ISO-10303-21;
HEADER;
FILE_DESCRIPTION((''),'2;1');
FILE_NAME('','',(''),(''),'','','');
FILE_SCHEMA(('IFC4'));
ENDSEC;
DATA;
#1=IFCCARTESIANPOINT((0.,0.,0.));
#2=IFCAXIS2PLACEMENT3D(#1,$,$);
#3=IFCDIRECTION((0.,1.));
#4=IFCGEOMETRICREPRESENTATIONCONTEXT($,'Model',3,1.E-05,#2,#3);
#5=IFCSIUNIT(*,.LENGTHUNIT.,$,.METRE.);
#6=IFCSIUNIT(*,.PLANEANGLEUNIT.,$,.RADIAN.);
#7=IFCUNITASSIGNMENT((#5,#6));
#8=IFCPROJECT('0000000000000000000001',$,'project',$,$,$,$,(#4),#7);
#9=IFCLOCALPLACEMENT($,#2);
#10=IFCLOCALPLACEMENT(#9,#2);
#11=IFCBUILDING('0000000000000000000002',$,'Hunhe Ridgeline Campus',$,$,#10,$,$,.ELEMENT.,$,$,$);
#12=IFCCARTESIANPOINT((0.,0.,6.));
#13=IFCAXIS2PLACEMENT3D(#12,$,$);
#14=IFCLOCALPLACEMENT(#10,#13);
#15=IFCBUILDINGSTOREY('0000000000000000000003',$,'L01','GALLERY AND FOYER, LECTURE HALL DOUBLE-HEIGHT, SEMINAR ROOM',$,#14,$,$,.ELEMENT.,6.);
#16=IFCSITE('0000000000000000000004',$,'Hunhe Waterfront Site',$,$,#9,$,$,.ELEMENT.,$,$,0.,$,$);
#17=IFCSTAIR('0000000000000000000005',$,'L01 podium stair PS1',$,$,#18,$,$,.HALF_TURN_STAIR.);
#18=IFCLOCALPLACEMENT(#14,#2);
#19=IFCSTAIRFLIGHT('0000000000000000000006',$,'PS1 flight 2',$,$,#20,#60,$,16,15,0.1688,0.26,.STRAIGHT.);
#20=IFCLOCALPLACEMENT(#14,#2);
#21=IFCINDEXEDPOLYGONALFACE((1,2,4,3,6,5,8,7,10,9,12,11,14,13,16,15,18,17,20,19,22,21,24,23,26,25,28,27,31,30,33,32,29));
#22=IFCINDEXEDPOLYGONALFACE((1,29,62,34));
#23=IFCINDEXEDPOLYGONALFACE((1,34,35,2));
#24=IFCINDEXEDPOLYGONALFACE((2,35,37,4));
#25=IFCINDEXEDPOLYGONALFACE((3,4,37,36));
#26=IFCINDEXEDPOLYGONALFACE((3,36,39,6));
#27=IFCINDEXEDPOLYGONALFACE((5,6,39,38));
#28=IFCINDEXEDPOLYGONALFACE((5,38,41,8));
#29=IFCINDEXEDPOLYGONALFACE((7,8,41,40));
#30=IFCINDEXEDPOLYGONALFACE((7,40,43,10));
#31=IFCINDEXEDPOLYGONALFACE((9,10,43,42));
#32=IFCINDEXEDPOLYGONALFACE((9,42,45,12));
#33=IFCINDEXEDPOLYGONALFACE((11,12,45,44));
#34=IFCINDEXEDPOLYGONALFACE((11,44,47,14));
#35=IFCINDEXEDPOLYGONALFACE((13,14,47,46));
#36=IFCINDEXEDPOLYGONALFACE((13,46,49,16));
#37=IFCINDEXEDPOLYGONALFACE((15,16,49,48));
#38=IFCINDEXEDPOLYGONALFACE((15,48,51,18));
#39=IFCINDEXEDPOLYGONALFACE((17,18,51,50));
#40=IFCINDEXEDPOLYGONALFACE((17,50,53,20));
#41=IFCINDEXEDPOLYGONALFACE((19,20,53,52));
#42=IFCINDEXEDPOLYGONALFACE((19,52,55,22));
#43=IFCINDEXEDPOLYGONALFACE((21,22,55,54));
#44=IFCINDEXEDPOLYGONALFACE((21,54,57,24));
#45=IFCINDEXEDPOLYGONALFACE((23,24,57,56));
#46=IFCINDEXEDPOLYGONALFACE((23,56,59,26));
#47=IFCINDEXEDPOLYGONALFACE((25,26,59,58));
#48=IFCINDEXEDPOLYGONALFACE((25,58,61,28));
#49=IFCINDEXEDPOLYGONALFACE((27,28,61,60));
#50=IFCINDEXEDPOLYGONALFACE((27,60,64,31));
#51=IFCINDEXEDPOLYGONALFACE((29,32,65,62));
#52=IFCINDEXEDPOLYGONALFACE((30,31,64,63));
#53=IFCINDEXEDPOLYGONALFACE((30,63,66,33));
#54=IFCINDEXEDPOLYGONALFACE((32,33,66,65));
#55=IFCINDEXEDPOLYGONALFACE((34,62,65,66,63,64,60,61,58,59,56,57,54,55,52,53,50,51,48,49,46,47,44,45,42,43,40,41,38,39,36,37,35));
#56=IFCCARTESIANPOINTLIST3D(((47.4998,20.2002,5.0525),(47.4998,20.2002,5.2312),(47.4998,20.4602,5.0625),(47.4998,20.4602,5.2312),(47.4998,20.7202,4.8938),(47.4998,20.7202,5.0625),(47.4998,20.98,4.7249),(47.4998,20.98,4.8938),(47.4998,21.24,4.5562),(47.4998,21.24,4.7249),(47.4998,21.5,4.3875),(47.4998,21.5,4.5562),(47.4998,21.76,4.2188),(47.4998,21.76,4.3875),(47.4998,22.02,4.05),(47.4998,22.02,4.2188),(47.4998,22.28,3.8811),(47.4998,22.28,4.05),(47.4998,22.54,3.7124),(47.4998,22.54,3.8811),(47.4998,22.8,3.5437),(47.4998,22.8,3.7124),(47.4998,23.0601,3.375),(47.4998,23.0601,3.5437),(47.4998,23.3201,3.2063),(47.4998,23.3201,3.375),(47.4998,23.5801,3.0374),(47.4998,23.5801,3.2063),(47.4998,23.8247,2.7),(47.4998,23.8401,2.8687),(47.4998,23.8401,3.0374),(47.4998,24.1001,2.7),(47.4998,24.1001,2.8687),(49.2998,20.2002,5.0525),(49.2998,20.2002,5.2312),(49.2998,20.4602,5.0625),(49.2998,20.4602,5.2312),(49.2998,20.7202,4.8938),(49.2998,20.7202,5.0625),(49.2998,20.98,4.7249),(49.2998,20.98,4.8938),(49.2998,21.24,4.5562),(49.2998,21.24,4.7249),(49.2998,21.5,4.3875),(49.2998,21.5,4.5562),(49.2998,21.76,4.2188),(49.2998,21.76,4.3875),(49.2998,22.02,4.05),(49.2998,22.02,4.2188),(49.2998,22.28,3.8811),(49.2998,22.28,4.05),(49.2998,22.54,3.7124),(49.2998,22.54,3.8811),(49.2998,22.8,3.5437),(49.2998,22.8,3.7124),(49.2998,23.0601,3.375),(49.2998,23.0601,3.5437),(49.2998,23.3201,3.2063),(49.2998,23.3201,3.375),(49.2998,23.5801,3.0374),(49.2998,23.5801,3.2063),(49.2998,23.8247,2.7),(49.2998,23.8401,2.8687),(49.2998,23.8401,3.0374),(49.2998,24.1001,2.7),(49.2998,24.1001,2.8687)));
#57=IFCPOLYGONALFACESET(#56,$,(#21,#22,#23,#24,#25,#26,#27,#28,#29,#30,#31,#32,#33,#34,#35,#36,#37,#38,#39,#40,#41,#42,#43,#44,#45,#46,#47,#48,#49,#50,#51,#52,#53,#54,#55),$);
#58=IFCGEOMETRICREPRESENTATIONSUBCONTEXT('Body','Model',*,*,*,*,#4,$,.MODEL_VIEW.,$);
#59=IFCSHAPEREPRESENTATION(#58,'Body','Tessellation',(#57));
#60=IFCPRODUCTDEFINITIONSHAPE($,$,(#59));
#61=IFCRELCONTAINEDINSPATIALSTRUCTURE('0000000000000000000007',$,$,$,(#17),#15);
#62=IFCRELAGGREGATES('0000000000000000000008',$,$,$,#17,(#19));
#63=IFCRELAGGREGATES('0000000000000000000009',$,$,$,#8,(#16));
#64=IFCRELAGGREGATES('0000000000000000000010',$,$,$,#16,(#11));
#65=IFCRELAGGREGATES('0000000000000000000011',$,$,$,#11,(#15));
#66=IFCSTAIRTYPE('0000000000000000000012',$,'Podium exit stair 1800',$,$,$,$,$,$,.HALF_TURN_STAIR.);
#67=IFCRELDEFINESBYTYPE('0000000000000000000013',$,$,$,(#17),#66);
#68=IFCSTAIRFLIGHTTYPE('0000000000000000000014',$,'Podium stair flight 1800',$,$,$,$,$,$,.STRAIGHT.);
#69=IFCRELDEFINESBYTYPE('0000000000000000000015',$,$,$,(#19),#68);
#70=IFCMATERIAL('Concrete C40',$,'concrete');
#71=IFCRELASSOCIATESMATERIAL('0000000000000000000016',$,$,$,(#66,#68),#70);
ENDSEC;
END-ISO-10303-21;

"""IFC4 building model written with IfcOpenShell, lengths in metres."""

from ifc_helpers import new_model, si_unit, direction, frame, origin, place, context, subcontext, project, spatial, polyline, outline, extrude, material, type_object, element, aggregate, save


model = new_model("IFC4")

# Units and contexts
model_context = context("Model", 3, precision=1e-05, world=origin(), true_north=direction((0.0, 1.0)))
body_context = subcontext(model_context, "Body", "Model", "MODEL_VIEW")
ifc_project = project(units=[si_unit("LENGTHUNIT", "METRE"), si_unit("PLANEANGLEUNIT", "RADIAN")], contexts=[model_context])

# Site, building, storey
site_placement = place(None, origin())
site = spatial("IfcSite", under=ifc_project, at=site_placement, Name="Hunhe Waterfront Site", CompositionType="ELEMENT", RefElevation=0.0)
building_placement = place(site_placement, origin())
building = spatial("IfcBuilding", under=site, at=building_placement, Name="Hunhe Ridgeline Campus", CompositionType="ELEMENT")
storey_placement = place(building_placement, frame((0.0, 0.0, 6.0)))
storey = spatial("IfcBuildingStorey", under=building, at=storey_placement, Name="L01", Description="GALLERY AND FOYER, LECTURE HALL DOUBLE-HEIGHT, SEMINAR ROOM", CompositionType="ELEMENT", Elevation=6.0)

# Shared definitions
ifc_material_1 = material(Name="Concrete C40", Category="concrete")

# Stair, stair flight
stair_type = type_object("IfcStairType", Name="Podium exit stair 1800", PredefinedType="HALF_TURN_STAIR", material=ifc_material_1)
stair_placement = place(storey_placement, origin())
stair = element("IfcStair", 1, at=stair_placement, inside=storey, type_object=stair_type, Name="L01 podium stair PS1", PredefinedType="HALF_TURN_STAIR")
stair_flight_type = type_object("IfcStairFlightType", Name="Podium stair flight 1800", PredefinedType="STRAIGHT", material=ifc_material_1)
stair_flight_1_placement = place(storey_placement, frame((48.3999, 24.1001, 2.7), z_axis=(0.0, 0.0, 1.0), x_axis=(0.0, -1.0, 0.0)))
stair_flight_1 = element("IfcStairFlight", 2, at=stair_flight_1_placement, type_object=stair_flight_type, Name="PS1 flight 2", NumberOfRisers=16, NumberOfTreads=15, PredefinedType="STRAIGHT", RiserHeight=0.1688, TreadLength=0.26, context=body_context, shape_type="SweptSolid", body=[
    extrude(outline(polyline([(0.0, 0.0), (0.0, 0.1687), (0.26, 0.1687), (0.26, 0.3374), (0.52, 0.3374), (0.52, 0.5063), (0.78, 0.5063), (0.78, 0.675), (1.04, 0.675), (1.04, 0.8438), (1.3, 0.8438), (1.3, 1.0125), (1.5601, 1.0125), (1.5601, 1.1812), (1.8201, 1.1812), (1.8201, 1.3501), (2.0801, 1.3501), (2.0801, 1.5188), (2.3401, 1.5188), (2.3401, 1.6875), (2.6001, 1.6875), (2.6001, 1.8562), (2.8601, 1.8562), (2.8601, 2.0249), (3.1201, 2.0249), (3.1201, 2.1938), (3.3799, 2.1938), (3.3799, 2.3625), (3.6399, 2.3625), (3.6399, 2.5312), (3.8999, 2.5312), (3.8999, 2.7), (3.8999, 2.3525), (0.2754, 0.0), (0.0, 0.0)])), frame((0.0, 0.8999, 0.0), z_axis=(0.0, -1.0, 0.0), x_axis=(1.0, 0.0, 0.0)), (0.0, 0.0, 1.0), 1.8),
])
aggregate(stair, [stair_flight_1])

save(model, "model.ifc")
